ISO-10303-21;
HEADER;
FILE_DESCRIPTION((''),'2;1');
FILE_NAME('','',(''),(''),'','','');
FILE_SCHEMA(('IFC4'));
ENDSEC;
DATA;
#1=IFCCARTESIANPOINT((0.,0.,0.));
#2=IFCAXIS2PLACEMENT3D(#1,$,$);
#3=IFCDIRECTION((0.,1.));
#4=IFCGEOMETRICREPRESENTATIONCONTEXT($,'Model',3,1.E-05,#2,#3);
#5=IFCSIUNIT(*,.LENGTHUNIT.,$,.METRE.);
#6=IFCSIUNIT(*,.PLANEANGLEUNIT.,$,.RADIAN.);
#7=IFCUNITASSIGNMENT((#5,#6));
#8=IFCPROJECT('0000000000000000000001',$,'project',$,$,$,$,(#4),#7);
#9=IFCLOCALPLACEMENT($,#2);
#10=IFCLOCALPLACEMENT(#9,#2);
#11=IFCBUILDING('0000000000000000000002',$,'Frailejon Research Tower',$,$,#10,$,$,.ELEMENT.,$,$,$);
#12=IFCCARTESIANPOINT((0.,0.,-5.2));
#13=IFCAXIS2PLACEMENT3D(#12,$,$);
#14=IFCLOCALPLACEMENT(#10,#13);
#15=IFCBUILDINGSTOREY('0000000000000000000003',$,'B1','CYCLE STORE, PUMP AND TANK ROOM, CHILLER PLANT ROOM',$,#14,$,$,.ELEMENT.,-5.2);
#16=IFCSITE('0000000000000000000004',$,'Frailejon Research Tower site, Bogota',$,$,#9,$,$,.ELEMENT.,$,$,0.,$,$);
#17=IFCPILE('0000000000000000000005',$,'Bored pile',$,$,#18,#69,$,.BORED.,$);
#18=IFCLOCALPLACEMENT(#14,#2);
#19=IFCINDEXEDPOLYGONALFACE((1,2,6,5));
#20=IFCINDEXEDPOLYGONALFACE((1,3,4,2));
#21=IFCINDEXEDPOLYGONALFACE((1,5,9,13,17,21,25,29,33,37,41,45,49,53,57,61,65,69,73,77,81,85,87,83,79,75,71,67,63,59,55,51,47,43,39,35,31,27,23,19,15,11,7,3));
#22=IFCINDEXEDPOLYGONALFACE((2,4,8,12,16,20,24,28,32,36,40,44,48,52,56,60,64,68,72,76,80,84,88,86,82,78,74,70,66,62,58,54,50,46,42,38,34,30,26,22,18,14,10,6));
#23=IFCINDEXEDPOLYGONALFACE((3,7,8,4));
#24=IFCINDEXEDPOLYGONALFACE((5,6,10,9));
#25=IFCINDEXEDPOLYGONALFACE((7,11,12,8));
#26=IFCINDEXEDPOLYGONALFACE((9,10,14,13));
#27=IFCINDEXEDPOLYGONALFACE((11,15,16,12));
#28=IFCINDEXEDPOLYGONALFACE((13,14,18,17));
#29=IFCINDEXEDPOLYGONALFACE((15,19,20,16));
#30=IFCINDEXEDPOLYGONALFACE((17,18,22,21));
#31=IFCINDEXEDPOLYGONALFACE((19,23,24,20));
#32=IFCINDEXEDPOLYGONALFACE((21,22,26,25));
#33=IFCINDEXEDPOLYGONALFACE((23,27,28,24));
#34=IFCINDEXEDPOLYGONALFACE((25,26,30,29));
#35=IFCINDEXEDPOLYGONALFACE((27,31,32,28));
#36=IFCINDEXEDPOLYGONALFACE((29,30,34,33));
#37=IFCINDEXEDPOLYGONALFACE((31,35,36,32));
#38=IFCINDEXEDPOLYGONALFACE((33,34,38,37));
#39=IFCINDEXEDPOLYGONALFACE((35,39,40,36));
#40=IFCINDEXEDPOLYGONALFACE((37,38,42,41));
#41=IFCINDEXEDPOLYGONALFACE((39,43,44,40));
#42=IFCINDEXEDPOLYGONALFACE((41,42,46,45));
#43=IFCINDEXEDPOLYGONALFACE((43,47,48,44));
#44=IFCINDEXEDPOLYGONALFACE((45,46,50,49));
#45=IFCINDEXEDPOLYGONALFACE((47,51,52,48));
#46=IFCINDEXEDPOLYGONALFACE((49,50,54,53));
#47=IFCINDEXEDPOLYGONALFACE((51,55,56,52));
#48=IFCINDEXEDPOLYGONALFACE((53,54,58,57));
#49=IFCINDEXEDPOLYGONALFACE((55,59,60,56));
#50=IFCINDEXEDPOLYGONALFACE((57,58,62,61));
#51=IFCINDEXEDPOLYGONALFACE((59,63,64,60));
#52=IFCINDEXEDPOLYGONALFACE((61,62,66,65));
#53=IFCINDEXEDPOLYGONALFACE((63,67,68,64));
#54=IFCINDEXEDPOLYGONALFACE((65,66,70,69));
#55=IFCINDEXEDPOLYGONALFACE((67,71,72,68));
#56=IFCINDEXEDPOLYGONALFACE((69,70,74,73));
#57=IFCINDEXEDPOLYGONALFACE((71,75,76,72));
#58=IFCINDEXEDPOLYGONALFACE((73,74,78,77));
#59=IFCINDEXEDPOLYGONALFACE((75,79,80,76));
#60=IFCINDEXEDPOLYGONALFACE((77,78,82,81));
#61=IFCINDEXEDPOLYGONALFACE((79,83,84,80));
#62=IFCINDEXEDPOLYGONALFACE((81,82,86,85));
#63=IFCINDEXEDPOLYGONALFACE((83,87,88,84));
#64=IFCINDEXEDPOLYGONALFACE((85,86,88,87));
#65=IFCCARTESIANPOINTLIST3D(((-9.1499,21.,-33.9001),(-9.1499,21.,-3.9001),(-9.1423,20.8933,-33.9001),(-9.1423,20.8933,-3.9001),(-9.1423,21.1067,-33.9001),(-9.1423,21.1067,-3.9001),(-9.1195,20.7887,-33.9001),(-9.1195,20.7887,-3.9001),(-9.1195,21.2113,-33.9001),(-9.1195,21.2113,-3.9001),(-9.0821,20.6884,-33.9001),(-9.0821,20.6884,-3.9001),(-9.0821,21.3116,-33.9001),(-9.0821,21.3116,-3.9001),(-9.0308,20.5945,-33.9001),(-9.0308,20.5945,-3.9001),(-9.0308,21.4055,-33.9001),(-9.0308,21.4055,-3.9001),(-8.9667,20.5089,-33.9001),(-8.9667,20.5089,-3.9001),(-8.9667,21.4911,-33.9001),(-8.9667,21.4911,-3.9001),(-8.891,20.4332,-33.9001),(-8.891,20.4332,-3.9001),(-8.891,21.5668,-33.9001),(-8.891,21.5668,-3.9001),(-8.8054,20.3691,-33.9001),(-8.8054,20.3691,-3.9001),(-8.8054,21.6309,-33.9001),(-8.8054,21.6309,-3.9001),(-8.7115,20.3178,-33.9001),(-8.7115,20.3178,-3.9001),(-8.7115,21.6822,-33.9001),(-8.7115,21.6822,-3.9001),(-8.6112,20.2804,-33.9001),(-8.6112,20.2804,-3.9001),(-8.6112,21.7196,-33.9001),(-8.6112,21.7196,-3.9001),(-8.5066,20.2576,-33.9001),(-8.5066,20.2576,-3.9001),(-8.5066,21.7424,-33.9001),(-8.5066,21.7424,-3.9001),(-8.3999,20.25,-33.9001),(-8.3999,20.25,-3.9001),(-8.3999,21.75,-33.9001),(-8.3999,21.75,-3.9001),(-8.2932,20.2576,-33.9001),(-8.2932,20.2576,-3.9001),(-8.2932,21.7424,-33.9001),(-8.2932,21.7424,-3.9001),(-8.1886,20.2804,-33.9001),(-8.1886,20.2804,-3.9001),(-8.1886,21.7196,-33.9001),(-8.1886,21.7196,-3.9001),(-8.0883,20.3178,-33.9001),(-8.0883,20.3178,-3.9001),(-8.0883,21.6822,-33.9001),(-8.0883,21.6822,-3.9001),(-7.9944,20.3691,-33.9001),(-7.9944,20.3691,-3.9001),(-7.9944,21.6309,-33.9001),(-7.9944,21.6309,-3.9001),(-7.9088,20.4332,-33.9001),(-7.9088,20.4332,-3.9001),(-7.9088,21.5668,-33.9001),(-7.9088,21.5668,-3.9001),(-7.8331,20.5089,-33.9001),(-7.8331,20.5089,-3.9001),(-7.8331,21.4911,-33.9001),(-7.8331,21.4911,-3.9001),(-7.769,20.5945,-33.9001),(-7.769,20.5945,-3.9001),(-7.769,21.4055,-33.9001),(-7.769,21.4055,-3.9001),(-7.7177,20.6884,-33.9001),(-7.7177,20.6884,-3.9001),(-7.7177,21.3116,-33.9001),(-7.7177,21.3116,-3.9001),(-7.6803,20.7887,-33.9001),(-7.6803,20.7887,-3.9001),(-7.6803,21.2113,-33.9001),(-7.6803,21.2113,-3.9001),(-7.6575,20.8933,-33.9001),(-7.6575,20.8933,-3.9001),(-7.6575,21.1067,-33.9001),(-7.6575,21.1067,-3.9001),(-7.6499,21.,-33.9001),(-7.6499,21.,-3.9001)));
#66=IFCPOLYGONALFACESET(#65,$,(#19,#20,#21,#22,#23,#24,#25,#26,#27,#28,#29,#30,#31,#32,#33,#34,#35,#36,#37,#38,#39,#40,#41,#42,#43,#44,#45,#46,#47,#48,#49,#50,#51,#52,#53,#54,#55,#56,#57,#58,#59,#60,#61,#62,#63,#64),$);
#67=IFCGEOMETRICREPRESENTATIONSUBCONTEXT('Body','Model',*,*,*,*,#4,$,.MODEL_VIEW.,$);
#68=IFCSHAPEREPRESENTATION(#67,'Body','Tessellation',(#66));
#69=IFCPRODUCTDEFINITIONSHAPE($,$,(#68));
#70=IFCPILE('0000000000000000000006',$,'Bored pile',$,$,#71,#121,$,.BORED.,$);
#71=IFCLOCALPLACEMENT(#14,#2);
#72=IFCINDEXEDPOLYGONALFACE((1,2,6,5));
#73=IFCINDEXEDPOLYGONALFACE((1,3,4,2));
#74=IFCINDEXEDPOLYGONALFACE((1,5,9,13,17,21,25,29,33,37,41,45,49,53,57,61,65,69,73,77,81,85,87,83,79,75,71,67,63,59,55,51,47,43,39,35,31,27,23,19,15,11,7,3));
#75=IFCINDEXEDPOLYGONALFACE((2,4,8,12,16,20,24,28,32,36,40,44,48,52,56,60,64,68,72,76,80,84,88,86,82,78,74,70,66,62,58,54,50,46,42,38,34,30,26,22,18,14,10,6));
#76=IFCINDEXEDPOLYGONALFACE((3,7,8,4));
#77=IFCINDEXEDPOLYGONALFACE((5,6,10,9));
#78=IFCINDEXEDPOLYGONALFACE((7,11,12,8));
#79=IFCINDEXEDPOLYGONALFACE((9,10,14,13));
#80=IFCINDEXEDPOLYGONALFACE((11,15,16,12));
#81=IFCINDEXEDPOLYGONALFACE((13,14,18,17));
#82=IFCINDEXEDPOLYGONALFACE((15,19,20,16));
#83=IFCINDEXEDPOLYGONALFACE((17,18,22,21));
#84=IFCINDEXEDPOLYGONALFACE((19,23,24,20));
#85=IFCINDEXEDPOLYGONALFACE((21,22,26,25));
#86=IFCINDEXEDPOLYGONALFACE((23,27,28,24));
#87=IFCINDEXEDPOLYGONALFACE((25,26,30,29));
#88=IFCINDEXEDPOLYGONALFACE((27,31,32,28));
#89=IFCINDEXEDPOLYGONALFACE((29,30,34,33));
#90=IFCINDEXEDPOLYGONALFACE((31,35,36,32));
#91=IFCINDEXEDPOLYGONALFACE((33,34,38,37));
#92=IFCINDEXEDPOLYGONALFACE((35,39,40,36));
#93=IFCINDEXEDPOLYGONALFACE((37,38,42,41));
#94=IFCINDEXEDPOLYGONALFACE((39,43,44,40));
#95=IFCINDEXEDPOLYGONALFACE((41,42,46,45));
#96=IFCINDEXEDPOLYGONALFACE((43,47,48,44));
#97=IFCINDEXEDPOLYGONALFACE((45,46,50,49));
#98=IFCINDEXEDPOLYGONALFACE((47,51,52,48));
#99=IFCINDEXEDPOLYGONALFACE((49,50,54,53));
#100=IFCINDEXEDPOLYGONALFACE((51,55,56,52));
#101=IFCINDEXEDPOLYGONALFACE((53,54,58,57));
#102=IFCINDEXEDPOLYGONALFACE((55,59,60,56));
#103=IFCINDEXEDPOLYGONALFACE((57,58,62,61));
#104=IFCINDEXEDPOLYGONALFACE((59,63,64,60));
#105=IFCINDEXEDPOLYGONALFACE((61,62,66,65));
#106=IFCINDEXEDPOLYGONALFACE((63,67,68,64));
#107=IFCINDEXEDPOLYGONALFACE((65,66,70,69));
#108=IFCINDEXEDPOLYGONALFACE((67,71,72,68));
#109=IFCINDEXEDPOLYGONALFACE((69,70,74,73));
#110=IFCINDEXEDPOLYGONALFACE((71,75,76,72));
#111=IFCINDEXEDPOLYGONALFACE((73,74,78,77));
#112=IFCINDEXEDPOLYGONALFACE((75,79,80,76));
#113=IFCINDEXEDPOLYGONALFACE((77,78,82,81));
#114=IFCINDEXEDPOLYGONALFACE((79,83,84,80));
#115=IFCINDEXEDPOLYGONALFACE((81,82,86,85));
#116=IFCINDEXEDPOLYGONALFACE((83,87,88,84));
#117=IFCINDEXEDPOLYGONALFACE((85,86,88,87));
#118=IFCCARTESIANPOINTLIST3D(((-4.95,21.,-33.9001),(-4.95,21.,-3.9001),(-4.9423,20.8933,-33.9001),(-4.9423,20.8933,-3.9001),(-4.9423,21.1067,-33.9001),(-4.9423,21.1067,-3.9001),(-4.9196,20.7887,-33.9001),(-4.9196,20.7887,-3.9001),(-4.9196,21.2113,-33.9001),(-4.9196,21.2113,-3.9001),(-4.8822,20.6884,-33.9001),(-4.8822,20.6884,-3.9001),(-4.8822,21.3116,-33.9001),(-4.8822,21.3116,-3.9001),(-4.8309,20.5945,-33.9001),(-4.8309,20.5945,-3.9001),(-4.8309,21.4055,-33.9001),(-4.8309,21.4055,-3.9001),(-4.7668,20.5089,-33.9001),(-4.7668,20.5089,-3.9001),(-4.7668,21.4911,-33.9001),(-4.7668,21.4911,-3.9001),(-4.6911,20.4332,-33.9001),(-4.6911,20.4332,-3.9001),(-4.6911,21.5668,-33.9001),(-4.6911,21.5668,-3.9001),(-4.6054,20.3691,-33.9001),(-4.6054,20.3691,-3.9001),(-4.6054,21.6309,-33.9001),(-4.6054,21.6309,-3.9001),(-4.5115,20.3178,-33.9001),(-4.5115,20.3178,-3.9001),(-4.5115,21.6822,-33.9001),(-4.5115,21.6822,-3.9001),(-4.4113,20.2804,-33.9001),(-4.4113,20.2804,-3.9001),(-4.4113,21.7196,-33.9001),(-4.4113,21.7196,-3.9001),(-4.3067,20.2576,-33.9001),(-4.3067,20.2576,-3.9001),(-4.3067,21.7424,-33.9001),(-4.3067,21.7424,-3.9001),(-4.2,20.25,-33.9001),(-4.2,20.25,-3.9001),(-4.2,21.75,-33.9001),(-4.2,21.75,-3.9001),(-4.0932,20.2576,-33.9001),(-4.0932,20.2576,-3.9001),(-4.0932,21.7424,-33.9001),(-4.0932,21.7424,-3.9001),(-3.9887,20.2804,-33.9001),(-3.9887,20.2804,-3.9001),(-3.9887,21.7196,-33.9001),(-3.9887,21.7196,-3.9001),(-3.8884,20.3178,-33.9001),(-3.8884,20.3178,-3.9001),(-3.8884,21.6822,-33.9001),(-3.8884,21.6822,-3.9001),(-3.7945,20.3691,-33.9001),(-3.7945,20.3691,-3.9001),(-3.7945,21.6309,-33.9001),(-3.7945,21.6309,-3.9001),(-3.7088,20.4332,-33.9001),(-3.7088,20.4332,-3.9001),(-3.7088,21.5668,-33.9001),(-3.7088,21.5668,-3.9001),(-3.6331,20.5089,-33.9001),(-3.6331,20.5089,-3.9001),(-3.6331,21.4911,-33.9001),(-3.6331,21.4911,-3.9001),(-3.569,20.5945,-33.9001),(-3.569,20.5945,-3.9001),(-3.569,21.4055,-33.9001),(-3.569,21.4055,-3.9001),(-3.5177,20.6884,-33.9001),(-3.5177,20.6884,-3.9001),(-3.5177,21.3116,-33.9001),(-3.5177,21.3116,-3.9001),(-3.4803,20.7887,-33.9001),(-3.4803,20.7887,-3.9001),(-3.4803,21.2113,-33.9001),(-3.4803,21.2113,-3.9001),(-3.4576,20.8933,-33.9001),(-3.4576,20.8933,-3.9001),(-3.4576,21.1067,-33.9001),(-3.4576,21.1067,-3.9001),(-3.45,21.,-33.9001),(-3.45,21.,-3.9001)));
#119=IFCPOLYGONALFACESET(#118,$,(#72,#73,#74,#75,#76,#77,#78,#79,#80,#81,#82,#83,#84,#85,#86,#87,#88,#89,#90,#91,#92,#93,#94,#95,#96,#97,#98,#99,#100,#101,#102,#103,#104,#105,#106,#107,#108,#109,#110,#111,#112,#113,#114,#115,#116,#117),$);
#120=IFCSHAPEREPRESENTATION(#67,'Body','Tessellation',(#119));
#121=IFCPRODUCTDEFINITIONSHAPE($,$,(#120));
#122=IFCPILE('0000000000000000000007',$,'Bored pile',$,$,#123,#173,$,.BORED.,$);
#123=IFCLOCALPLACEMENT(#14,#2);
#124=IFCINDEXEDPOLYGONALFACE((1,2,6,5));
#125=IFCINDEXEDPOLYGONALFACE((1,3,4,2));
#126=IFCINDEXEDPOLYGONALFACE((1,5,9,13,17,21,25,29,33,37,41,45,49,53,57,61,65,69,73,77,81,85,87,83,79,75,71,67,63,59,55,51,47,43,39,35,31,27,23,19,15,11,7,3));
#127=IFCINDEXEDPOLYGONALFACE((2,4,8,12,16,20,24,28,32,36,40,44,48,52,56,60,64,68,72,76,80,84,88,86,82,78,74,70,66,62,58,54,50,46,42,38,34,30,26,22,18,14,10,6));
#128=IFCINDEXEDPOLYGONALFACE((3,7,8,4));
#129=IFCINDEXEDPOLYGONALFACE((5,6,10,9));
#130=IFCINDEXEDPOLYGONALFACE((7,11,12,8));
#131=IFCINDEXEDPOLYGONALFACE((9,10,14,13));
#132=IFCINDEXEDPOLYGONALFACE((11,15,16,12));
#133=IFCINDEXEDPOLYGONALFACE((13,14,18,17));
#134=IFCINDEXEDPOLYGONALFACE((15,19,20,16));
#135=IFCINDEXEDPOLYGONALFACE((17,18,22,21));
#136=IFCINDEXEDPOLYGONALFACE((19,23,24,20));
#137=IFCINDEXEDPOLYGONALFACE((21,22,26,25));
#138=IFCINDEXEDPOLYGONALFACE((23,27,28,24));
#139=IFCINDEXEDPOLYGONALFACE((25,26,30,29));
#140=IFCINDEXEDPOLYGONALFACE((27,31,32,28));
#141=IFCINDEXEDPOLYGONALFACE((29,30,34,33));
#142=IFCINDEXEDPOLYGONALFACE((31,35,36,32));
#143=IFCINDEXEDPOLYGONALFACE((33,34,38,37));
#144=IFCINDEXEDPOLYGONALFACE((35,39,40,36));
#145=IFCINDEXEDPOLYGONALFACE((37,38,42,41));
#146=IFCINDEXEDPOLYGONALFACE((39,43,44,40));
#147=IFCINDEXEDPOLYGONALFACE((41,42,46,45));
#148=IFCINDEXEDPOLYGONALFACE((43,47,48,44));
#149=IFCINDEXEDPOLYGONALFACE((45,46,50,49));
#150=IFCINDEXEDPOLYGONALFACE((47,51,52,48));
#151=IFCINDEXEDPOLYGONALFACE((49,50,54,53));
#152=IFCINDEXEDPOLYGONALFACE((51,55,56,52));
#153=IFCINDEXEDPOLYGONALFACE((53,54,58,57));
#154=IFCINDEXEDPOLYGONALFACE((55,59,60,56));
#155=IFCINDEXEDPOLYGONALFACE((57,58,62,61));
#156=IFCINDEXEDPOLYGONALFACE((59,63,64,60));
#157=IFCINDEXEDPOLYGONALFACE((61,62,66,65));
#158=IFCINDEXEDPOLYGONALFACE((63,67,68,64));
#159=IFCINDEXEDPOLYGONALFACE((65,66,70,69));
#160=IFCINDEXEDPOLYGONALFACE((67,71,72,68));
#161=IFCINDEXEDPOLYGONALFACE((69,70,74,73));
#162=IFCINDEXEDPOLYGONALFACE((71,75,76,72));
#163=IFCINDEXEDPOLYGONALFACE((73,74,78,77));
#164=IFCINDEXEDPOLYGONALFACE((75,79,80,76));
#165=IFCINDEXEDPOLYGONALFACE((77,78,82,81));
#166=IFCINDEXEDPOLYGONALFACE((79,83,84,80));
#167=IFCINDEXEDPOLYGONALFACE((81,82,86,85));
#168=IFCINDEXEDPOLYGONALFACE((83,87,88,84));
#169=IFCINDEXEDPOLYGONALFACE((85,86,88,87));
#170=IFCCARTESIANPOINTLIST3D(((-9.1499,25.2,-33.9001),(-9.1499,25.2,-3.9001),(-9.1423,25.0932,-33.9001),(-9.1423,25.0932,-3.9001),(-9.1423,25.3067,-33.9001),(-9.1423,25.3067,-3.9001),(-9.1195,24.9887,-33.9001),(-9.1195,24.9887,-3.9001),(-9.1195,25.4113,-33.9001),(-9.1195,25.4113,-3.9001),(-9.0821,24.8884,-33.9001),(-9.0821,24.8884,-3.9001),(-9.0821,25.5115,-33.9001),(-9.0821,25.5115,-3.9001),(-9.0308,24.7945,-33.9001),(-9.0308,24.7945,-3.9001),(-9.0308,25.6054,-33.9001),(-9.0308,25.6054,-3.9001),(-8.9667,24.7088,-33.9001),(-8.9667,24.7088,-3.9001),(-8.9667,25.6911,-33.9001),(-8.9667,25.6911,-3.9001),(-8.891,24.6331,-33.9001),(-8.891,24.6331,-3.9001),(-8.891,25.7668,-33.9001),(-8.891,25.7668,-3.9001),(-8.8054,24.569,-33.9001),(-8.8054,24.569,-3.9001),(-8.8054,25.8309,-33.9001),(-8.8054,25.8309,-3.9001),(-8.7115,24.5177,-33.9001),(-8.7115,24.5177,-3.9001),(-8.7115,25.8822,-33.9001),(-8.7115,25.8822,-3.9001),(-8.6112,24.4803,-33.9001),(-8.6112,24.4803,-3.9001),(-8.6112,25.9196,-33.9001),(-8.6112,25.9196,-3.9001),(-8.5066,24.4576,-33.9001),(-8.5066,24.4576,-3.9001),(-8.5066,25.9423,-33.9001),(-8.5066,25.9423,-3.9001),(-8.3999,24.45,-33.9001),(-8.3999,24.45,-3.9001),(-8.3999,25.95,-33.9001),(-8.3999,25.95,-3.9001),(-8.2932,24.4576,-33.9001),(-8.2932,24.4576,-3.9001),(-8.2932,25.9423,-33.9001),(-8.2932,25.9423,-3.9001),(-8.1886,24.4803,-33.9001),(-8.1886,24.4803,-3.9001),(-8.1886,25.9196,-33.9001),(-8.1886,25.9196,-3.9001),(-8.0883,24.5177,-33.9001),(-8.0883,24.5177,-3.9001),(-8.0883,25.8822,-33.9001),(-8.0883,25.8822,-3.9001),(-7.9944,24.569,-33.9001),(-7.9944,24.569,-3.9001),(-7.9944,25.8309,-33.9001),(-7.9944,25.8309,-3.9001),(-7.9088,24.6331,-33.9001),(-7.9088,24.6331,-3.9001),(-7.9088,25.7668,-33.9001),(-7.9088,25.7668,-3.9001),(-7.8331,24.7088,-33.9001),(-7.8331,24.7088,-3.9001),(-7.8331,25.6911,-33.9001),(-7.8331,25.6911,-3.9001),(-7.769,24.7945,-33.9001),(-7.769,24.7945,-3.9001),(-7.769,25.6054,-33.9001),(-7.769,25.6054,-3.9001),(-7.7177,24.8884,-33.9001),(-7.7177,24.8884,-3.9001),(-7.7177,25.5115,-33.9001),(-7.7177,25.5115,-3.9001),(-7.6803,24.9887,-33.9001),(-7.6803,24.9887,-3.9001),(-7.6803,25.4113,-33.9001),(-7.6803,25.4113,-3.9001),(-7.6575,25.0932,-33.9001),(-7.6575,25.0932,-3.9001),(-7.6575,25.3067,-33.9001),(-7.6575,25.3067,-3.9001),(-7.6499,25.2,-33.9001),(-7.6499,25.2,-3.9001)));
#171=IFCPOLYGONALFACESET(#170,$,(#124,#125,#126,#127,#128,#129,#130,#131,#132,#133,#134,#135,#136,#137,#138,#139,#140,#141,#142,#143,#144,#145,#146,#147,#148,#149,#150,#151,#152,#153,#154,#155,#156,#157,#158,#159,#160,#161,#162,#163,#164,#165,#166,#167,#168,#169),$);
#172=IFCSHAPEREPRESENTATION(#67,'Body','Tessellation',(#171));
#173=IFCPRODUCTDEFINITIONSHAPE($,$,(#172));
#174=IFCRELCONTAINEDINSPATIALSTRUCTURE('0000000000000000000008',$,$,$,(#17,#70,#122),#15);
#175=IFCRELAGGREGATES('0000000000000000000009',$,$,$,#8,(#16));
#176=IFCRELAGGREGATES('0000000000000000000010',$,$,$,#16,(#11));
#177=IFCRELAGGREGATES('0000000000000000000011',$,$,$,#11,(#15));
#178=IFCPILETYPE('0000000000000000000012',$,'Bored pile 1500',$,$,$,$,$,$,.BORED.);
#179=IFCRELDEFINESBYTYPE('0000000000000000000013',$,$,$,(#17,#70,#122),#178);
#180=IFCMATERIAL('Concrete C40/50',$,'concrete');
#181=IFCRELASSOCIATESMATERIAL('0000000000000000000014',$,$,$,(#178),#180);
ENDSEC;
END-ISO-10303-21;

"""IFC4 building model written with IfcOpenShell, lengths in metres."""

from ifc_helpers import new_model, si_unit, direction, frame, origin, origin_2d, place, context, subcontext, project, spatial, circle, extrude, material, material_profile, profile_set, type_object, element, save


model = new_model("IFC4")

# Units and contexts
model_context = context("Model", 3, precision=1e-05, world=origin(), true_north=direction((0.0, 1.0)))
body_context = subcontext(model_context, "Body", "Model", "MODEL_VIEW")
ifc_project = project(units=[si_unit("LENGTHUNIT", "METRE"), si_unit("PLANEANGLEUNIT", "RADIAN")], contexts=[model_context])

# Site, building, storey
site_placement = place(None, origin())
site = spatial("IfcSite", under=ifc_project, at=site_placement, Name="Frailejon Research Tower site, Bogota", CompositionType="ELEMENT", RefElevation=0.0)
building_placement = place(site_placement, origin())
building = spatial("IfcBuilding", under=site, at=building_placement, Name="Frailejon Research Tower", CompositionType="ELEMENT")
storey_placement = place(building_placement, frame((0.0, 0.0, -5.2)))
storey = spatial("IfcBuildingStorey", under=building, at=storey_placement, Name="B1", Description="CYCLE STORE, PUMP AND TANK ROOM, CHILLER PLANT ROOM", CompositionType="ELEMENT", Elevation=-5.2)

# Piles
ifc_material_1 = material(Name="Concrete C40/50", Category="concrete")
ifc_material_profile_1 = material_profile(ifc_material_1, circle(Radius=0.75, at=origin_2d()), Name="Bored pile 1500")
ifc_profile_set_1 = profile_set([ifc_material_profile_1], Name="Concrete C40/50")
pile_type = type_object("IfcPileType", Name="Bored pile 1500", PredefinedType="BORED", material=ifc_profile_set_1)
for number, where, z_axis, x_axis, name in (
    (1, (-8.3999, 21.0, -3.9001), (0.0, 0.0, -1.0), (1.0, 0.0, 0.0), "Bored pile"),
    (2, (-4.2, 21.0, -3.9001), (0.0, 0.0, -1.0), (1.0, 0.0, 0.0), "Bored pile"),
    (3, (-8.3999, 25.2, -3.9001), (0.0, 0.0, -1.0), (1.0, 0.0, 0.0), "Bored pile"),
):
    element("IfcPile", number, at=place(storey_placement, frame(where, z_axis=z_axis, x_axis=x_axis)), inside=storey, type_object=pile_type, Name=name, PredefinedType="BORED", context=body_context, shape_type="SweptSolid", body=[
        extrude(circle(Radius=0.75, at=origin_2d()), origin(), (0.0, 0.0, 1.0), 30.0),
    ])

save(model, "model.ifc")
